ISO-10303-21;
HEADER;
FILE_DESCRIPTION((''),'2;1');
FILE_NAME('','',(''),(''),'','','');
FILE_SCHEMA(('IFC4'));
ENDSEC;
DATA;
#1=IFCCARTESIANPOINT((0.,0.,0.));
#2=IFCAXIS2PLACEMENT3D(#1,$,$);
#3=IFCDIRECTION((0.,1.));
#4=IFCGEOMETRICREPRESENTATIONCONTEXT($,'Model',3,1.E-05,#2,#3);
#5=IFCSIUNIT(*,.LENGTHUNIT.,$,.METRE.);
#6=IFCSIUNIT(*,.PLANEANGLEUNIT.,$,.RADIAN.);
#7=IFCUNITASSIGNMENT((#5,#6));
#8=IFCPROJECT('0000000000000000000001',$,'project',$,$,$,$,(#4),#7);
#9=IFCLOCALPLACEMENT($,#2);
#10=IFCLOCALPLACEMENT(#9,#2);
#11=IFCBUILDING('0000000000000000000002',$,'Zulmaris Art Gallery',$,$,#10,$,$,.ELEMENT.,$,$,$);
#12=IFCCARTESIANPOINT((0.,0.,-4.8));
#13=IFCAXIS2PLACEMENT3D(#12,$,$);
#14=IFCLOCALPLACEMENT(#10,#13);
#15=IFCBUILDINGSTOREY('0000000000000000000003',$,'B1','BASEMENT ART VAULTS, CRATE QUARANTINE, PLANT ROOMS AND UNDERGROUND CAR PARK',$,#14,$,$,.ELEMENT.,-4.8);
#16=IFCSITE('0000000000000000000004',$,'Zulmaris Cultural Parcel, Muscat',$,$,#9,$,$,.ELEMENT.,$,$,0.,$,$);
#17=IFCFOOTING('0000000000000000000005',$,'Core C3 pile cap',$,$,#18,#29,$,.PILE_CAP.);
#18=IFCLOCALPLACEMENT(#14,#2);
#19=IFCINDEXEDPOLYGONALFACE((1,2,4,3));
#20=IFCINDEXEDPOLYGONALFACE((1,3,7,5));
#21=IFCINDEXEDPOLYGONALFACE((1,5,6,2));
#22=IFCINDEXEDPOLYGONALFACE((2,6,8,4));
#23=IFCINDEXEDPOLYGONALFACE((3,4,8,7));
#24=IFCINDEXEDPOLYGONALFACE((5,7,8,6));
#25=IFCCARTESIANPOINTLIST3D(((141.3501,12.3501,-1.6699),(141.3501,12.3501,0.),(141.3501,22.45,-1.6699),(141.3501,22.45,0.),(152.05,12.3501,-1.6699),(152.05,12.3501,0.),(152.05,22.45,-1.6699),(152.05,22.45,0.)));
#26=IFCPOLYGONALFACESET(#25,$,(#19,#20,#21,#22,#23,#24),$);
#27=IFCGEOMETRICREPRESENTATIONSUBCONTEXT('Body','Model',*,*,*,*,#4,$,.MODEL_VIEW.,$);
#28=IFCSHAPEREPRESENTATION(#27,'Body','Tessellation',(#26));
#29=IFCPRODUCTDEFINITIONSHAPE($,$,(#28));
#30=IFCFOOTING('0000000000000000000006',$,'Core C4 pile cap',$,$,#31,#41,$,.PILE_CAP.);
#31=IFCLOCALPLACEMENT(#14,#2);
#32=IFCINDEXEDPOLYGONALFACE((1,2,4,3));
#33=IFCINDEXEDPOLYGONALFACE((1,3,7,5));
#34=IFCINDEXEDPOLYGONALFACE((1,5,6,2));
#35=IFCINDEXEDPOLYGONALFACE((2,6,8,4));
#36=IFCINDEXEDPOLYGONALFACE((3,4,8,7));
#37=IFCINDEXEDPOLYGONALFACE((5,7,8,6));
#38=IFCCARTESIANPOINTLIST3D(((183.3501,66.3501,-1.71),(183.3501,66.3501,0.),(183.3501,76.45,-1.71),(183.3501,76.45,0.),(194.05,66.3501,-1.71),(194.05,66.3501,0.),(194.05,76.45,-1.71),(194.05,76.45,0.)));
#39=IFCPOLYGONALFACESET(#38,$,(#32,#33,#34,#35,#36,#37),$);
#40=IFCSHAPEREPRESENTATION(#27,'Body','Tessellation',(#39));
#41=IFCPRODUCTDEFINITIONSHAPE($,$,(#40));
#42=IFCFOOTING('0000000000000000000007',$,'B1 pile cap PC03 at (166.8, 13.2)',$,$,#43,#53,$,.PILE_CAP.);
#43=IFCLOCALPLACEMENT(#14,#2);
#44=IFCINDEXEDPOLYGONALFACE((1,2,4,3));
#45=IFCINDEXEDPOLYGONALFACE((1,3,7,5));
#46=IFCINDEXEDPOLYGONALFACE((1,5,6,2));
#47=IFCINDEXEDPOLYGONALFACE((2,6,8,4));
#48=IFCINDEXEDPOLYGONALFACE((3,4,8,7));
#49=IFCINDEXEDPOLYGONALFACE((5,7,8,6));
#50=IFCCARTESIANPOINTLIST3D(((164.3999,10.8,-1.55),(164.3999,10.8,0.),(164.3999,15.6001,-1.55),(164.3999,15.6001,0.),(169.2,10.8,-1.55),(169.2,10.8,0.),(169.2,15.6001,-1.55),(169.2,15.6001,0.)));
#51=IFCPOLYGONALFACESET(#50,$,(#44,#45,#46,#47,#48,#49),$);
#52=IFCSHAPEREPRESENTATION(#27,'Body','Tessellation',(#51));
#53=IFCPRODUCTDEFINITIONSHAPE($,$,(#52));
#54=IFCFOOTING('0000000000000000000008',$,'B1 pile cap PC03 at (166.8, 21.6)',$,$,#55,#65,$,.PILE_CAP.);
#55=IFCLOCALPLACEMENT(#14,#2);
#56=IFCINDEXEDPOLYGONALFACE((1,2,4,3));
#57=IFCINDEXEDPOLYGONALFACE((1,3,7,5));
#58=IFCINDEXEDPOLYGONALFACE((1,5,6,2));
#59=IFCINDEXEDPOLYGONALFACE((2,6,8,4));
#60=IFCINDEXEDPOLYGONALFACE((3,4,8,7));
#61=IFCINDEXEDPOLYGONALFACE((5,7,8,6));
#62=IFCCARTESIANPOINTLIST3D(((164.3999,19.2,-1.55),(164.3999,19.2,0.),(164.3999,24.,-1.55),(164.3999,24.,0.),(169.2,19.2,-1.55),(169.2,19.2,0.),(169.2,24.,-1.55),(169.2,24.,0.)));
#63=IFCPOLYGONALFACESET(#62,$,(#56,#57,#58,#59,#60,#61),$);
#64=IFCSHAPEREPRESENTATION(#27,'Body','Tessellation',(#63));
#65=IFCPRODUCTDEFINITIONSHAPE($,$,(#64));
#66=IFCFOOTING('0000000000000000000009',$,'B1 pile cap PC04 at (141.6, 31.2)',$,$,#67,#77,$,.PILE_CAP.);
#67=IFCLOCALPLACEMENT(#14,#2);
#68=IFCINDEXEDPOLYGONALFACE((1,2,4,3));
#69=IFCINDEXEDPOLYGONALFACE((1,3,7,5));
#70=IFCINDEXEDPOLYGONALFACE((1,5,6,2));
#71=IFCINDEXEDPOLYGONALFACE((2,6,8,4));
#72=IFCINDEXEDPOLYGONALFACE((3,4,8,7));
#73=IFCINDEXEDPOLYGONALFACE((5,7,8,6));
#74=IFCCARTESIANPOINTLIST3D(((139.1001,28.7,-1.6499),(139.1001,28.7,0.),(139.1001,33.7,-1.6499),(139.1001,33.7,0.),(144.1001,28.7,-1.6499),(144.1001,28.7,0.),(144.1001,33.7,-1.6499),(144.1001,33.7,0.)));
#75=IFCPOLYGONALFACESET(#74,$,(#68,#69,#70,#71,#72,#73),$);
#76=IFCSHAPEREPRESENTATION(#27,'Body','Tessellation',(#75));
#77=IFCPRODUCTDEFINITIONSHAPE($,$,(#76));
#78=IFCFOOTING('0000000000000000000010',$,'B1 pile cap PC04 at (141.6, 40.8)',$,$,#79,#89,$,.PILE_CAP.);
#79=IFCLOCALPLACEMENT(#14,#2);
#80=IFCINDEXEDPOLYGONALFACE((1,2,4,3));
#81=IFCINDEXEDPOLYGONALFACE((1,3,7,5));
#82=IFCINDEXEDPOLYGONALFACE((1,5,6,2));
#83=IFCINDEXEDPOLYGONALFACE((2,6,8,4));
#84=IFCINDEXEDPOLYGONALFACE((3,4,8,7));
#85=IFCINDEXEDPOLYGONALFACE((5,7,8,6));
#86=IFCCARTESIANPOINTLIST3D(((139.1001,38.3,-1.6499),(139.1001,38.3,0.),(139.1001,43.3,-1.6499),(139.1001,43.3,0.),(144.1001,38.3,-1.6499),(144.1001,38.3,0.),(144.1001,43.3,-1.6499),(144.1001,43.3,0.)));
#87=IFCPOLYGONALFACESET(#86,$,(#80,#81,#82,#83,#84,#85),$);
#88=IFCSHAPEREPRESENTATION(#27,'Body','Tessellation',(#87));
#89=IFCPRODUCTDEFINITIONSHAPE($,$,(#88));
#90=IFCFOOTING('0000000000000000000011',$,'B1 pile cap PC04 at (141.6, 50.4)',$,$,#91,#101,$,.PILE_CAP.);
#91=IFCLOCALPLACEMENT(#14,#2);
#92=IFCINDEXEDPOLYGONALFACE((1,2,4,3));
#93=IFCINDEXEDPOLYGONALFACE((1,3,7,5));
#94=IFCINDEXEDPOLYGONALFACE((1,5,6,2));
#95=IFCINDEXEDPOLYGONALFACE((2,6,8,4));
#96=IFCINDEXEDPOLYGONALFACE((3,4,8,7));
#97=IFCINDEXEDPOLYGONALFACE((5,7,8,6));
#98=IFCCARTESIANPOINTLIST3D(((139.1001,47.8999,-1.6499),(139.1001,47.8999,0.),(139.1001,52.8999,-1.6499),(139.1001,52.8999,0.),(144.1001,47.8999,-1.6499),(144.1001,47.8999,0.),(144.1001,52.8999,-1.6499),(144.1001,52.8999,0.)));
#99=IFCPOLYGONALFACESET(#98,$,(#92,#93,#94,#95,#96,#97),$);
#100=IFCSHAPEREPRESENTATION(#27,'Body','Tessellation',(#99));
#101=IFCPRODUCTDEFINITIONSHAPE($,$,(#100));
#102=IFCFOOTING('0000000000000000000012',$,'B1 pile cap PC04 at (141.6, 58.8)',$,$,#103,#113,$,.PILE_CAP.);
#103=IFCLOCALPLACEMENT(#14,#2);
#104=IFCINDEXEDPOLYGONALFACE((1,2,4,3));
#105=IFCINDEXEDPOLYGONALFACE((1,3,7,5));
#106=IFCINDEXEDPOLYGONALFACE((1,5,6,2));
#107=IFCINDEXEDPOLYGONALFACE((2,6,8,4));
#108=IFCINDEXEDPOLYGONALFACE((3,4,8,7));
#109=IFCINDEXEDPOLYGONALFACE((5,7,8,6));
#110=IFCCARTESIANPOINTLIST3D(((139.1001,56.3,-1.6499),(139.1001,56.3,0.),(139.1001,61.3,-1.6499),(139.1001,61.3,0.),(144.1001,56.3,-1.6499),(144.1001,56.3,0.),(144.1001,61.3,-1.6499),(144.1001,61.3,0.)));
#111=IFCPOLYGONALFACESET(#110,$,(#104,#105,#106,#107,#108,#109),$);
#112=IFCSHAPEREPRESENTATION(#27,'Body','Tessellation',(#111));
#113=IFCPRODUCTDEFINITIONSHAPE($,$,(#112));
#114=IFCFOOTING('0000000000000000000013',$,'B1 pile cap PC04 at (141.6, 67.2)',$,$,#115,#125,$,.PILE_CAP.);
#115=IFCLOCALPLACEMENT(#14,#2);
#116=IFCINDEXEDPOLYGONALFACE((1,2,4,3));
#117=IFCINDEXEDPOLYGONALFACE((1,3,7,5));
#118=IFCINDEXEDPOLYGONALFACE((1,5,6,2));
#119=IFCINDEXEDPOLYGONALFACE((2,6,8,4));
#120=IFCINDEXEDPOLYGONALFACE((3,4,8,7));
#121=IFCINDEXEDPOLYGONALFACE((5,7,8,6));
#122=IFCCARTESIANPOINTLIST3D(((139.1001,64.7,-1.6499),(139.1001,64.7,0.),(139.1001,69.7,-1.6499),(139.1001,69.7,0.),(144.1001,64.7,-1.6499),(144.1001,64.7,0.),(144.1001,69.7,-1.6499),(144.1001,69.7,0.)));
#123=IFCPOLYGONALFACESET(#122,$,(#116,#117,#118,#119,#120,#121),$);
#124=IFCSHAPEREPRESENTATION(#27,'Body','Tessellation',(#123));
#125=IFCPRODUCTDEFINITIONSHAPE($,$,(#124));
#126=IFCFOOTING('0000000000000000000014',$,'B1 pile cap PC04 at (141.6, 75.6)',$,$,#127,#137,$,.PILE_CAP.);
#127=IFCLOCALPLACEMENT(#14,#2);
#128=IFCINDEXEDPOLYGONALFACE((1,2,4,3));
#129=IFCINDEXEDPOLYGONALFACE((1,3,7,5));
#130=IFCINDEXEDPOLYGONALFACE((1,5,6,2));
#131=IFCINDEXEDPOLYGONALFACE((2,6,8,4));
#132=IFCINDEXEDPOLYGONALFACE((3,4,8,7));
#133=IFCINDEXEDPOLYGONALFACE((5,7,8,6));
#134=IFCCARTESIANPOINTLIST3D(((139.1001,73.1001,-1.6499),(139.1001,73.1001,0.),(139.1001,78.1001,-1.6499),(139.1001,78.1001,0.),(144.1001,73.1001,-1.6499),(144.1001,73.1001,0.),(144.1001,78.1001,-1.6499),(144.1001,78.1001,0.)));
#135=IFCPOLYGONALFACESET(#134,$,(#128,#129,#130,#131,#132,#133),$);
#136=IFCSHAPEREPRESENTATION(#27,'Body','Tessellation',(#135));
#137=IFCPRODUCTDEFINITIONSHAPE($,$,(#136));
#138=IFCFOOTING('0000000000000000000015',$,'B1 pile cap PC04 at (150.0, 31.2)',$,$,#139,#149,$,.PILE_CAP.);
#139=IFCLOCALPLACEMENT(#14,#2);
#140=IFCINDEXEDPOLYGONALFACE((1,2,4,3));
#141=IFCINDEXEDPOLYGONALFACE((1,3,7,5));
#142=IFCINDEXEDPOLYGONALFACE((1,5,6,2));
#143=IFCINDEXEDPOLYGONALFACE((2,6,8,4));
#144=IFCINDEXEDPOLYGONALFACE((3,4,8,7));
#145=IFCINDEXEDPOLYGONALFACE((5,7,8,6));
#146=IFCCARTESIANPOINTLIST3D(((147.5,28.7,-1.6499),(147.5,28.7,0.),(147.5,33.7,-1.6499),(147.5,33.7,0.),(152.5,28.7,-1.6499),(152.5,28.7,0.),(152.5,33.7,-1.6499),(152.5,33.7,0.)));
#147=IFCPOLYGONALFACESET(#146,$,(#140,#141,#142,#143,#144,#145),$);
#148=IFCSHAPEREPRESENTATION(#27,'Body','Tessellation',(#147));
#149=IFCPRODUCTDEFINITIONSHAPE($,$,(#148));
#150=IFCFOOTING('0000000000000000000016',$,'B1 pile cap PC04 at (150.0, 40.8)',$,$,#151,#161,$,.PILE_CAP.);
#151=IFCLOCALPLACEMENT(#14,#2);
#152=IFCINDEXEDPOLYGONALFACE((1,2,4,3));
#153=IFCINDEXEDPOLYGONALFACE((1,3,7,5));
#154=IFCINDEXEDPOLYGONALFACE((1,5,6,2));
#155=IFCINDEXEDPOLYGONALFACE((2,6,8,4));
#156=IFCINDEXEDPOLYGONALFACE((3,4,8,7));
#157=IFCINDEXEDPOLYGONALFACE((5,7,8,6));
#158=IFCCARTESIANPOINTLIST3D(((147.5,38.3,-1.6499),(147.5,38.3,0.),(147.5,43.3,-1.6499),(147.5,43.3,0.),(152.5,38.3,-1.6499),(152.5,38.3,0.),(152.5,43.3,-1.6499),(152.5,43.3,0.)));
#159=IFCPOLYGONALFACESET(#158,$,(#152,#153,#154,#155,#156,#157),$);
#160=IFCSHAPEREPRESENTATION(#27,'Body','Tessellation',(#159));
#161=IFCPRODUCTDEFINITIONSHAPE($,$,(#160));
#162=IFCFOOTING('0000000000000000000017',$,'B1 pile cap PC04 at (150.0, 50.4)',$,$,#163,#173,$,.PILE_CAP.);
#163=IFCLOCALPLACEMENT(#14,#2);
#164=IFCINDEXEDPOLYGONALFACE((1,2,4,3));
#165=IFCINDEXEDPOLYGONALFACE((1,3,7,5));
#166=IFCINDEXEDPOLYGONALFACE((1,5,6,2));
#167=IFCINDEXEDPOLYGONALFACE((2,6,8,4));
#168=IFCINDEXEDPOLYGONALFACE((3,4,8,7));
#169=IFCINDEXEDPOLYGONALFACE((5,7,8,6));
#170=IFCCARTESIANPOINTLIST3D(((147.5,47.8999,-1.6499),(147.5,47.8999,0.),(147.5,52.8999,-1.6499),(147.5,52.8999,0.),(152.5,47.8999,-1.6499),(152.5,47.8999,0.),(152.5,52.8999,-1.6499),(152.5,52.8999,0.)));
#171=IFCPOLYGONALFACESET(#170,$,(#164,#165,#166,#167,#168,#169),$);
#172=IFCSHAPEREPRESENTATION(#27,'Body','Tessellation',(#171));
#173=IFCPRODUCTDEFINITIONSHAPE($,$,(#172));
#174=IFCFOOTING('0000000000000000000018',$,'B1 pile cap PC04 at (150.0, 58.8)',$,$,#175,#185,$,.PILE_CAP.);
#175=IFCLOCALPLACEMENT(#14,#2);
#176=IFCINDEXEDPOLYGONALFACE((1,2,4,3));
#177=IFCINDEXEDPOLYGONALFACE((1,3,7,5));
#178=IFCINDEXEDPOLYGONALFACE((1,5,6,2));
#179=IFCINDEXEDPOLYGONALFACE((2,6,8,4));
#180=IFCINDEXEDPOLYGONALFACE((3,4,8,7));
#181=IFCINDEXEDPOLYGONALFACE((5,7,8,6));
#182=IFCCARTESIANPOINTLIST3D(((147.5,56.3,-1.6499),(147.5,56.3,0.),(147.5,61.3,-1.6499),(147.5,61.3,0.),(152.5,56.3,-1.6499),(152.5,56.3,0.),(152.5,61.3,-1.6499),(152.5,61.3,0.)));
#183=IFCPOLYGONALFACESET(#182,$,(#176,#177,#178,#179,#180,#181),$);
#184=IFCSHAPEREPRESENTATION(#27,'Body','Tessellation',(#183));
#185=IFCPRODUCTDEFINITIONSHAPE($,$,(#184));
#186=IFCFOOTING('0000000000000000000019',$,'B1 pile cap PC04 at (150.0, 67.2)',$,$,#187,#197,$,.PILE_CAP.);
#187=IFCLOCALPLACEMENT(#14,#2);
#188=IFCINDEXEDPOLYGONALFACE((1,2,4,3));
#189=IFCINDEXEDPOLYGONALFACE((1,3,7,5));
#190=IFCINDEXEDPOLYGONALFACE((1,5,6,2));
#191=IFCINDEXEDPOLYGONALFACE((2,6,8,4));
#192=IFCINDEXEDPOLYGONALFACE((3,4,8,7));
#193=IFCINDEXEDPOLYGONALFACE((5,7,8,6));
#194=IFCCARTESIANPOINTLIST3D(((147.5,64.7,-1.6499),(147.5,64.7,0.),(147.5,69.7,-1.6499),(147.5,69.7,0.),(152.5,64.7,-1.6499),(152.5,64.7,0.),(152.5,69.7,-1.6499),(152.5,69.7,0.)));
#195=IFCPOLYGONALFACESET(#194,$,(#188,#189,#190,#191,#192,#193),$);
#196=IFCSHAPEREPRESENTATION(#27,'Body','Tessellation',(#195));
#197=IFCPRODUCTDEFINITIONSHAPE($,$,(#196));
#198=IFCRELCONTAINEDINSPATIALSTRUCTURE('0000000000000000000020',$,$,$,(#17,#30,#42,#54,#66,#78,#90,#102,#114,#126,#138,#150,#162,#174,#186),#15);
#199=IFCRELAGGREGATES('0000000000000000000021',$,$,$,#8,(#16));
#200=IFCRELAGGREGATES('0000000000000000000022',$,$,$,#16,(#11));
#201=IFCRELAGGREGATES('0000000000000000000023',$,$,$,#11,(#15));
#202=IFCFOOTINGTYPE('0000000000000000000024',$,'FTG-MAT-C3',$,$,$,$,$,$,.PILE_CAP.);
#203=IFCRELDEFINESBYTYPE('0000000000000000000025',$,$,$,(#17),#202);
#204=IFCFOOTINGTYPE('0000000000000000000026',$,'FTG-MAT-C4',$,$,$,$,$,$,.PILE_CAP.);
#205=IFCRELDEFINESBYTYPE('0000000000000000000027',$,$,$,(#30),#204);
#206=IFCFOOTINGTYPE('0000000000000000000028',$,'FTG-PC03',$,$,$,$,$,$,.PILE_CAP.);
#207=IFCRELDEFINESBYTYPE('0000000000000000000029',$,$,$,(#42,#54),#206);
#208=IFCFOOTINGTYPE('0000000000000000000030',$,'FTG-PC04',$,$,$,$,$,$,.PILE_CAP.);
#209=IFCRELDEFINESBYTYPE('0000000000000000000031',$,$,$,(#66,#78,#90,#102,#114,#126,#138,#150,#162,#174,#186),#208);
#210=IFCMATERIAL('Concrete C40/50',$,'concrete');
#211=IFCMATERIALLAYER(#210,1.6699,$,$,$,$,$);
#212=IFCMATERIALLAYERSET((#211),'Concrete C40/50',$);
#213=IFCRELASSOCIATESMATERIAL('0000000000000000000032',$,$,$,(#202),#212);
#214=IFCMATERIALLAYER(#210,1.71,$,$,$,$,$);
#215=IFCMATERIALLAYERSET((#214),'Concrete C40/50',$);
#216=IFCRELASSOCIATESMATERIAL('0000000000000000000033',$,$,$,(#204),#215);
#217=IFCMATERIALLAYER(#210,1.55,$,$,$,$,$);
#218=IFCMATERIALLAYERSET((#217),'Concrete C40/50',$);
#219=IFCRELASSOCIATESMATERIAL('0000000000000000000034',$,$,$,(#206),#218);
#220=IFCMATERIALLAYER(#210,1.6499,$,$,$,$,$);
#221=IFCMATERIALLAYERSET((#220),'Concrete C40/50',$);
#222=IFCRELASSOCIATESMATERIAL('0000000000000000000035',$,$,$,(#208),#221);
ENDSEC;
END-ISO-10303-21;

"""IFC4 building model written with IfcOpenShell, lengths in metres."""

from ifc_helpers import new_model, si_unit, direction, frame, origin, place, context, subcontext, project, spatial, polyline, outline, extrude, material, layer, layer_set, type_object, element, save


model = new_model("IFC4")

# Units and contexts
model_context = context("Model", 3, precision=1e-05, world=origin(), true_north=direction((0.0, 1.0)))
body_context = subcontext(model_context, "Body", "Model", "MODEL_VIEW")
ifc_project = project(units=[si_unit("LENGTHUNIT", "METRE"), si_unit("PLANEANGLEUNIT", "RADIAN")], contexts=[model_context])

# Site, building, storey
site_placement = place(None, origin())
site = spatial("IfcSite", under=ifc_project, at=site_placement, Name="Zulmaris Cultural Parcel, Muscat", CompositionType="ELEMENT", RefElevation=0.0)
building_placement = place(site_placement, origin())
building = spatial("IfcBuilding", under=site, at=building_placement, Name="Zulmaris Art Gallery", CompositionType="ELEMENT")
storey_placement = place(building_placement, frame((0.0, 0.0, -4.8)))
storey = spatial("IfcBuildingStorey", under=building, at=storey_placement, Name="B1", Description="BASEMENT ART VAULTS, CRATE QUARANTINE, PLANT ROOMS AND UNDERGROUND CAR PARK", CompositionType="ELEMENT", Elevation=-4.8)

# Footings
ifc_material = material(Name="Concrete C40/50", Category="concrete")
ifc_layer_1 = layer(ifc_material, 1.6699)
ifc_layer_set_1 = layer_set([ifc_layer_1], Name="Concrete C40/50")
footing_type_1 = type_object("IfcFootingType", Name="FTG-MAT-C3", PredefinedType="PILE_CAP", material=ifc_layer_set_1)
footing_1_placement = place(storey_placement, frame((0.0, 0.0, -1.6699)))
element("IfcFooting", 1, at=footing_1_placement, inside=storey, type_object=footing_type_1, Name="Core C3 pile cap", PredefinedType="PILE_CAP", context=body_context, shape_type="SweptSolid", body=[
    extrude(outline(polyline([(141.3501, 12.3501), (152.05, 12.3501), (152.05, 22.45), (141.3501, 22.45), (141.3501, 12.3501)])), origin(), (0.0, 0.0, 1.0), 1.6699),
])
ifc_layer_2 = layer(ifc_material, 1.71)
ifc_layer_set_2 = layer_set([ifc_layer_2], Name="Concrete C40/50")
footing_type_2 = type_object("IfcFootingType", Name="FTG-MAT-C4", PredefinedType="PILE_CAP", material=ifc_layer_set_2)
footing_2_placement = place(storey_placement, frame((0.0, 0.0, -1.71)))
element("IfcFooting", 2, at=footing_2_placement, inside=storey, type_object=footing_type_2, Name="Core C4 pile cap", PredefinedType="PILE_CAP", context=body_context, shape_type="SweptSolid", body=[
    extrude(outline(polyline([(183.3501, 66.3501), (194.05, 66.3501), (194.05, 76.45), (183.3501, 76.45), (183.3501, 66.3501)])), origin(), (0.0, 0.0, 1.0), 1.71),
])
ifc_layer_3 = layer(ifc_material, 1.55)
ifc_layer_set_3 = layer_set([ifc_layer_3], Name="Concrete C40/50")
footing_type_3 = type_object("IfcFootingType", Name="FTG-PC03", PredefinedType="PILE_CAP", material=ifc_layer_set_3)
footing_3_placement = place(storey_placement, frame((0.0, 0.0, -1.55)))
element("IfcFooting", 3, at=footing_3_placement, inside=storey, type_object=footing_type_3, Name="B1 pile cap PC03 at (166.8, 13.2)", PredefinedType="PILE_CAP", context=body_context, shape_type="SweptSolid", body=[
    extrude(outline(polyline([(164.3999, 10.8), (169.2, 10.8), (169.2, 15.6001), (164.3999, 15.6001), (164.3999, 10.8)])), origin(), (0.0, 0.0, 1.0), 1.55),
])
footing_4_placement = place(storey_placement, frame((0.0, 0.0, -1.55)))
element("IfcFooting", 4, at=footing_4_placement, inside=storey, type_object=footing_type_3, Name="B1 pile cap PC03 at (166.8, 21.6)", PredefinedType="PILE_CAP", context=body_context, shape_type="SweptSolid", body=[
    extrude(outline(polyline([(164.3999, 19.2), (169.2, 19.2), (169.2, 24.0), (164.3999, 24.0), (164.3999, 19.2)])), origin(), (0.0, 0.0, 1.0), 1.55),
])
ifc_layer_4 = layer(ifc_material, 1.6499)
ifc_layer_set_4 = layer_set([ifc_layer_4], Name="Concrete C40/50")
footing_type_4 = type_object("IfcFootingType", Name="FTG-PC04", PredefinedType="PILE_CAP", material=ifc_layer_set_4)
footing_5_placement = place(storey_placement, frame((0.0, 0.0, -1.6499)))
element("IfcFooting", 5, at=footing_5_placement, inside=storey, type_object=footing_type_4, Name="B1 pile cap PC04 at (141.6, 31.2)", PredefinedType="PILE_CAP", context=body_context, shape_type="SweptSolid", body=[
    extrude(outline(polyline([(139.1001, 28.7), (144.1001, 28.7), (144.1001, 33.7), (139.1001, 33.7), (139.1001, 28.7)])), origin(), (0.0, 0.0, 1.0), 1.6499),
])
footing_6_placement = place(storey_placement, frame((0.0, 0.0, -1.6499)))
element("IfcFooting", 6, at=footing_6_placement, inside=storey, type_object=footing_type_4, Name="B1 pile cap PC04 at (141.6, 40.8)", PredefinedType="PILE_CAP", context=body_context, shape_type="SweptSolid", body=[
    extrude(outline(polyline([(139.1001, 38.3), (144.1001, 38.3), (144.1001, 43.3), (139.1001, 43.3), (139.1001, 38.3)])), origin(), (0.0, 0.0, 1.0), 1.6499),
])
footing_7_placement = place(storey_placement, frame((0.0, 0.0, -1.6499)))
element("IfcFooting", 7, at=footing_7_placement, inside=storey, type_object=footing_type_4, Name="B1 pile cap PC04 at (141.6, 50.4)", PredefinedType="PILE_CAP", context=body_context, shape_type="SweptSolid", body=[
    extrude(outline(polyline([(139.1001, 47.8999), (144.1001, 47.8999), (144.1001, 52.8999), (139.1001, 52.8999), (139.1001, 47.8999)])), origin(), (0.0, 0.0, 1.0), 1.6499),
])
footing_8_placement = place(storey_placement, frame((0.0, 0.0, -1.6499)))
element("IfcFooting", 8, at=footing_8_placement, inside=storey, type_object=footing_type_4, Name="B1 pile cap PC04 at (141.6, 58.8)", PredefinedType="PILE_CAP", context=body_context, shape_type="SweptSolid", body=[
    extrude(outline(polyline([(139.1001, 56.3), (144.1001, 56.3), (144.1001, 61.3), (139.1001, 61.3), (139.1001, 56.3)])), origin(), (0.0, 0.0, 1.0), 1.6499),
])
footing_9_placement = place(storey_placement, frame((0.0, 0.0, -1.6499)))
element("IfcFooting", 9, at=footing_9_placement, inside=storey, type_object=footing_type_4, Name="B1 pile cap PC04 at (141.6, 67.2)", PredefinedType="PILE_CAP", context=body_context, shape_type="SweptSolid", body=[
    extrude(outline(polyline([(139.1001, 64.7), (144.1001, 64.7), (144.1001, 69.7), (139.1001, 69.7), (139.1001, 64.7)])), origin(), (0.0, 0.0, 1.0), 1.6499),
])
footing_10_placement = place(storey_placement, frame((0.0, 0.0, -1.6499)))
element("IfcFooting", 10, at=footing_10_placement, inside=storey, type_object=footing_type_4, Name="B1 pile cap PC04 at (141.6, 75.6)", PredefinedType="PILE_CAP", context=body_context, shape_type="SweptSolid", body=[
    extrude(outline(polyline([(139.1001, 73.1001), (144.1001, 73.1001), (144.1001, 78.1001), (139.1001, 78.1001), (139.1001, 73.1001)])), origin(), (0.0, 0.0, 1.0), 1.6499),
])
footing_11_placement = place(storey_placement, frame((0.0, 0.0, -1.6499)))
element("IfcFooting", 11, at=footing_11_placement, inside=storey, type_object=footing_type_4, Name="B1 pile cap PC04 at (150.0, 31.2)", PredefinedType="PILE_CAP", context=body_context, shape_type="SweptSolid", body=[
    extrude(outline(polyline([(147.5, 28.7), (152.5, 28.7), (152.5, 33.7), (147.5, 33.7), (147.5, 28.7)])), origin(), (0.0, 0.0, 1.0), 1.6499),
])
footing_12_placement = place(storey_placement, frame((0.0, 0.0, -1.6499)))
element("IfcFooting", 12, at=footing_12_placement, inside=storey, type_object=footing_type_4, Name="B1 pile cap PC04 at (150.0, 40.8)", PredefinedType="PILE_CAP", context=body_context, shape_type="SweptSolid", body=[
    extrude(outline(polyline([(147.5, 38.3), (152.5, 38.3), (152.5, 43.3), (147.5, 43.3), (147.5, 38.3)])), origin(), (0.0, 0.0, 1.0), 1.6499),
])
footing_13_placement = place(storey_placement, frame((0.0, 0.0, -1.6499)))
element("IfcFooting", 13, at=footing_13_placement, inside=storey, type_object=footing_type_4, Name="B1 pile cap PC04 at (150.0, 50.4)", PredefinedType="PILE_CAP", context=body_context, shape_type="SweptSolid", body=[
    extrude(outline(polyline([(147.5, 47.8999), (152.5, 47.8999), (152.5, 52.8999), (147.5, 52.8999), (147.5, 47.8999)])), origin(), (0.0, 0.0, 1.0), 1.6499),
])
footing_14_placement = place(storey_placement, frame((0.0, 0.0, -1.6499)))
element("IfcFooting", 14, at=footing_14_placement, inside=storey, type_object=footing_type_4, Name="B1 pile cap PC04 at (150.0, 58.8)", PredefinedType="PILE_CAP", context=body_context, shape_type="SweptSolid", body=[
    extrude(outline(polyline([(147.5, 56.3), (152.5, 56.3), (152.5, 61.3), (147.5, 61.3), (147.5, 56.3)])), origin(), (0.0, 0.0, 1.0), 1.6499),
])
footing_15_placement = place(storey_placement, frame((0.0, 0.0, -1.6499)))
element("IfcFooting", 15, at=footing_15_placement, inside=storey, type_object=footing_type_4, Name="B1 pile cap PC04 at (150.0, 67.2)", PredefinedType="PILE_CAP", context=body_context, shape_type="SweptSolid", body=[
    extrude(outline(polyline([(147.5, 64.7), (152.5, 64.7), (152.5, 69.7), (147.5, 69.7), (147.5, 64.7)])), origin(), (0.0, 0.0, 1.0), 1.6499),
])

save(model, "model.ifc")
